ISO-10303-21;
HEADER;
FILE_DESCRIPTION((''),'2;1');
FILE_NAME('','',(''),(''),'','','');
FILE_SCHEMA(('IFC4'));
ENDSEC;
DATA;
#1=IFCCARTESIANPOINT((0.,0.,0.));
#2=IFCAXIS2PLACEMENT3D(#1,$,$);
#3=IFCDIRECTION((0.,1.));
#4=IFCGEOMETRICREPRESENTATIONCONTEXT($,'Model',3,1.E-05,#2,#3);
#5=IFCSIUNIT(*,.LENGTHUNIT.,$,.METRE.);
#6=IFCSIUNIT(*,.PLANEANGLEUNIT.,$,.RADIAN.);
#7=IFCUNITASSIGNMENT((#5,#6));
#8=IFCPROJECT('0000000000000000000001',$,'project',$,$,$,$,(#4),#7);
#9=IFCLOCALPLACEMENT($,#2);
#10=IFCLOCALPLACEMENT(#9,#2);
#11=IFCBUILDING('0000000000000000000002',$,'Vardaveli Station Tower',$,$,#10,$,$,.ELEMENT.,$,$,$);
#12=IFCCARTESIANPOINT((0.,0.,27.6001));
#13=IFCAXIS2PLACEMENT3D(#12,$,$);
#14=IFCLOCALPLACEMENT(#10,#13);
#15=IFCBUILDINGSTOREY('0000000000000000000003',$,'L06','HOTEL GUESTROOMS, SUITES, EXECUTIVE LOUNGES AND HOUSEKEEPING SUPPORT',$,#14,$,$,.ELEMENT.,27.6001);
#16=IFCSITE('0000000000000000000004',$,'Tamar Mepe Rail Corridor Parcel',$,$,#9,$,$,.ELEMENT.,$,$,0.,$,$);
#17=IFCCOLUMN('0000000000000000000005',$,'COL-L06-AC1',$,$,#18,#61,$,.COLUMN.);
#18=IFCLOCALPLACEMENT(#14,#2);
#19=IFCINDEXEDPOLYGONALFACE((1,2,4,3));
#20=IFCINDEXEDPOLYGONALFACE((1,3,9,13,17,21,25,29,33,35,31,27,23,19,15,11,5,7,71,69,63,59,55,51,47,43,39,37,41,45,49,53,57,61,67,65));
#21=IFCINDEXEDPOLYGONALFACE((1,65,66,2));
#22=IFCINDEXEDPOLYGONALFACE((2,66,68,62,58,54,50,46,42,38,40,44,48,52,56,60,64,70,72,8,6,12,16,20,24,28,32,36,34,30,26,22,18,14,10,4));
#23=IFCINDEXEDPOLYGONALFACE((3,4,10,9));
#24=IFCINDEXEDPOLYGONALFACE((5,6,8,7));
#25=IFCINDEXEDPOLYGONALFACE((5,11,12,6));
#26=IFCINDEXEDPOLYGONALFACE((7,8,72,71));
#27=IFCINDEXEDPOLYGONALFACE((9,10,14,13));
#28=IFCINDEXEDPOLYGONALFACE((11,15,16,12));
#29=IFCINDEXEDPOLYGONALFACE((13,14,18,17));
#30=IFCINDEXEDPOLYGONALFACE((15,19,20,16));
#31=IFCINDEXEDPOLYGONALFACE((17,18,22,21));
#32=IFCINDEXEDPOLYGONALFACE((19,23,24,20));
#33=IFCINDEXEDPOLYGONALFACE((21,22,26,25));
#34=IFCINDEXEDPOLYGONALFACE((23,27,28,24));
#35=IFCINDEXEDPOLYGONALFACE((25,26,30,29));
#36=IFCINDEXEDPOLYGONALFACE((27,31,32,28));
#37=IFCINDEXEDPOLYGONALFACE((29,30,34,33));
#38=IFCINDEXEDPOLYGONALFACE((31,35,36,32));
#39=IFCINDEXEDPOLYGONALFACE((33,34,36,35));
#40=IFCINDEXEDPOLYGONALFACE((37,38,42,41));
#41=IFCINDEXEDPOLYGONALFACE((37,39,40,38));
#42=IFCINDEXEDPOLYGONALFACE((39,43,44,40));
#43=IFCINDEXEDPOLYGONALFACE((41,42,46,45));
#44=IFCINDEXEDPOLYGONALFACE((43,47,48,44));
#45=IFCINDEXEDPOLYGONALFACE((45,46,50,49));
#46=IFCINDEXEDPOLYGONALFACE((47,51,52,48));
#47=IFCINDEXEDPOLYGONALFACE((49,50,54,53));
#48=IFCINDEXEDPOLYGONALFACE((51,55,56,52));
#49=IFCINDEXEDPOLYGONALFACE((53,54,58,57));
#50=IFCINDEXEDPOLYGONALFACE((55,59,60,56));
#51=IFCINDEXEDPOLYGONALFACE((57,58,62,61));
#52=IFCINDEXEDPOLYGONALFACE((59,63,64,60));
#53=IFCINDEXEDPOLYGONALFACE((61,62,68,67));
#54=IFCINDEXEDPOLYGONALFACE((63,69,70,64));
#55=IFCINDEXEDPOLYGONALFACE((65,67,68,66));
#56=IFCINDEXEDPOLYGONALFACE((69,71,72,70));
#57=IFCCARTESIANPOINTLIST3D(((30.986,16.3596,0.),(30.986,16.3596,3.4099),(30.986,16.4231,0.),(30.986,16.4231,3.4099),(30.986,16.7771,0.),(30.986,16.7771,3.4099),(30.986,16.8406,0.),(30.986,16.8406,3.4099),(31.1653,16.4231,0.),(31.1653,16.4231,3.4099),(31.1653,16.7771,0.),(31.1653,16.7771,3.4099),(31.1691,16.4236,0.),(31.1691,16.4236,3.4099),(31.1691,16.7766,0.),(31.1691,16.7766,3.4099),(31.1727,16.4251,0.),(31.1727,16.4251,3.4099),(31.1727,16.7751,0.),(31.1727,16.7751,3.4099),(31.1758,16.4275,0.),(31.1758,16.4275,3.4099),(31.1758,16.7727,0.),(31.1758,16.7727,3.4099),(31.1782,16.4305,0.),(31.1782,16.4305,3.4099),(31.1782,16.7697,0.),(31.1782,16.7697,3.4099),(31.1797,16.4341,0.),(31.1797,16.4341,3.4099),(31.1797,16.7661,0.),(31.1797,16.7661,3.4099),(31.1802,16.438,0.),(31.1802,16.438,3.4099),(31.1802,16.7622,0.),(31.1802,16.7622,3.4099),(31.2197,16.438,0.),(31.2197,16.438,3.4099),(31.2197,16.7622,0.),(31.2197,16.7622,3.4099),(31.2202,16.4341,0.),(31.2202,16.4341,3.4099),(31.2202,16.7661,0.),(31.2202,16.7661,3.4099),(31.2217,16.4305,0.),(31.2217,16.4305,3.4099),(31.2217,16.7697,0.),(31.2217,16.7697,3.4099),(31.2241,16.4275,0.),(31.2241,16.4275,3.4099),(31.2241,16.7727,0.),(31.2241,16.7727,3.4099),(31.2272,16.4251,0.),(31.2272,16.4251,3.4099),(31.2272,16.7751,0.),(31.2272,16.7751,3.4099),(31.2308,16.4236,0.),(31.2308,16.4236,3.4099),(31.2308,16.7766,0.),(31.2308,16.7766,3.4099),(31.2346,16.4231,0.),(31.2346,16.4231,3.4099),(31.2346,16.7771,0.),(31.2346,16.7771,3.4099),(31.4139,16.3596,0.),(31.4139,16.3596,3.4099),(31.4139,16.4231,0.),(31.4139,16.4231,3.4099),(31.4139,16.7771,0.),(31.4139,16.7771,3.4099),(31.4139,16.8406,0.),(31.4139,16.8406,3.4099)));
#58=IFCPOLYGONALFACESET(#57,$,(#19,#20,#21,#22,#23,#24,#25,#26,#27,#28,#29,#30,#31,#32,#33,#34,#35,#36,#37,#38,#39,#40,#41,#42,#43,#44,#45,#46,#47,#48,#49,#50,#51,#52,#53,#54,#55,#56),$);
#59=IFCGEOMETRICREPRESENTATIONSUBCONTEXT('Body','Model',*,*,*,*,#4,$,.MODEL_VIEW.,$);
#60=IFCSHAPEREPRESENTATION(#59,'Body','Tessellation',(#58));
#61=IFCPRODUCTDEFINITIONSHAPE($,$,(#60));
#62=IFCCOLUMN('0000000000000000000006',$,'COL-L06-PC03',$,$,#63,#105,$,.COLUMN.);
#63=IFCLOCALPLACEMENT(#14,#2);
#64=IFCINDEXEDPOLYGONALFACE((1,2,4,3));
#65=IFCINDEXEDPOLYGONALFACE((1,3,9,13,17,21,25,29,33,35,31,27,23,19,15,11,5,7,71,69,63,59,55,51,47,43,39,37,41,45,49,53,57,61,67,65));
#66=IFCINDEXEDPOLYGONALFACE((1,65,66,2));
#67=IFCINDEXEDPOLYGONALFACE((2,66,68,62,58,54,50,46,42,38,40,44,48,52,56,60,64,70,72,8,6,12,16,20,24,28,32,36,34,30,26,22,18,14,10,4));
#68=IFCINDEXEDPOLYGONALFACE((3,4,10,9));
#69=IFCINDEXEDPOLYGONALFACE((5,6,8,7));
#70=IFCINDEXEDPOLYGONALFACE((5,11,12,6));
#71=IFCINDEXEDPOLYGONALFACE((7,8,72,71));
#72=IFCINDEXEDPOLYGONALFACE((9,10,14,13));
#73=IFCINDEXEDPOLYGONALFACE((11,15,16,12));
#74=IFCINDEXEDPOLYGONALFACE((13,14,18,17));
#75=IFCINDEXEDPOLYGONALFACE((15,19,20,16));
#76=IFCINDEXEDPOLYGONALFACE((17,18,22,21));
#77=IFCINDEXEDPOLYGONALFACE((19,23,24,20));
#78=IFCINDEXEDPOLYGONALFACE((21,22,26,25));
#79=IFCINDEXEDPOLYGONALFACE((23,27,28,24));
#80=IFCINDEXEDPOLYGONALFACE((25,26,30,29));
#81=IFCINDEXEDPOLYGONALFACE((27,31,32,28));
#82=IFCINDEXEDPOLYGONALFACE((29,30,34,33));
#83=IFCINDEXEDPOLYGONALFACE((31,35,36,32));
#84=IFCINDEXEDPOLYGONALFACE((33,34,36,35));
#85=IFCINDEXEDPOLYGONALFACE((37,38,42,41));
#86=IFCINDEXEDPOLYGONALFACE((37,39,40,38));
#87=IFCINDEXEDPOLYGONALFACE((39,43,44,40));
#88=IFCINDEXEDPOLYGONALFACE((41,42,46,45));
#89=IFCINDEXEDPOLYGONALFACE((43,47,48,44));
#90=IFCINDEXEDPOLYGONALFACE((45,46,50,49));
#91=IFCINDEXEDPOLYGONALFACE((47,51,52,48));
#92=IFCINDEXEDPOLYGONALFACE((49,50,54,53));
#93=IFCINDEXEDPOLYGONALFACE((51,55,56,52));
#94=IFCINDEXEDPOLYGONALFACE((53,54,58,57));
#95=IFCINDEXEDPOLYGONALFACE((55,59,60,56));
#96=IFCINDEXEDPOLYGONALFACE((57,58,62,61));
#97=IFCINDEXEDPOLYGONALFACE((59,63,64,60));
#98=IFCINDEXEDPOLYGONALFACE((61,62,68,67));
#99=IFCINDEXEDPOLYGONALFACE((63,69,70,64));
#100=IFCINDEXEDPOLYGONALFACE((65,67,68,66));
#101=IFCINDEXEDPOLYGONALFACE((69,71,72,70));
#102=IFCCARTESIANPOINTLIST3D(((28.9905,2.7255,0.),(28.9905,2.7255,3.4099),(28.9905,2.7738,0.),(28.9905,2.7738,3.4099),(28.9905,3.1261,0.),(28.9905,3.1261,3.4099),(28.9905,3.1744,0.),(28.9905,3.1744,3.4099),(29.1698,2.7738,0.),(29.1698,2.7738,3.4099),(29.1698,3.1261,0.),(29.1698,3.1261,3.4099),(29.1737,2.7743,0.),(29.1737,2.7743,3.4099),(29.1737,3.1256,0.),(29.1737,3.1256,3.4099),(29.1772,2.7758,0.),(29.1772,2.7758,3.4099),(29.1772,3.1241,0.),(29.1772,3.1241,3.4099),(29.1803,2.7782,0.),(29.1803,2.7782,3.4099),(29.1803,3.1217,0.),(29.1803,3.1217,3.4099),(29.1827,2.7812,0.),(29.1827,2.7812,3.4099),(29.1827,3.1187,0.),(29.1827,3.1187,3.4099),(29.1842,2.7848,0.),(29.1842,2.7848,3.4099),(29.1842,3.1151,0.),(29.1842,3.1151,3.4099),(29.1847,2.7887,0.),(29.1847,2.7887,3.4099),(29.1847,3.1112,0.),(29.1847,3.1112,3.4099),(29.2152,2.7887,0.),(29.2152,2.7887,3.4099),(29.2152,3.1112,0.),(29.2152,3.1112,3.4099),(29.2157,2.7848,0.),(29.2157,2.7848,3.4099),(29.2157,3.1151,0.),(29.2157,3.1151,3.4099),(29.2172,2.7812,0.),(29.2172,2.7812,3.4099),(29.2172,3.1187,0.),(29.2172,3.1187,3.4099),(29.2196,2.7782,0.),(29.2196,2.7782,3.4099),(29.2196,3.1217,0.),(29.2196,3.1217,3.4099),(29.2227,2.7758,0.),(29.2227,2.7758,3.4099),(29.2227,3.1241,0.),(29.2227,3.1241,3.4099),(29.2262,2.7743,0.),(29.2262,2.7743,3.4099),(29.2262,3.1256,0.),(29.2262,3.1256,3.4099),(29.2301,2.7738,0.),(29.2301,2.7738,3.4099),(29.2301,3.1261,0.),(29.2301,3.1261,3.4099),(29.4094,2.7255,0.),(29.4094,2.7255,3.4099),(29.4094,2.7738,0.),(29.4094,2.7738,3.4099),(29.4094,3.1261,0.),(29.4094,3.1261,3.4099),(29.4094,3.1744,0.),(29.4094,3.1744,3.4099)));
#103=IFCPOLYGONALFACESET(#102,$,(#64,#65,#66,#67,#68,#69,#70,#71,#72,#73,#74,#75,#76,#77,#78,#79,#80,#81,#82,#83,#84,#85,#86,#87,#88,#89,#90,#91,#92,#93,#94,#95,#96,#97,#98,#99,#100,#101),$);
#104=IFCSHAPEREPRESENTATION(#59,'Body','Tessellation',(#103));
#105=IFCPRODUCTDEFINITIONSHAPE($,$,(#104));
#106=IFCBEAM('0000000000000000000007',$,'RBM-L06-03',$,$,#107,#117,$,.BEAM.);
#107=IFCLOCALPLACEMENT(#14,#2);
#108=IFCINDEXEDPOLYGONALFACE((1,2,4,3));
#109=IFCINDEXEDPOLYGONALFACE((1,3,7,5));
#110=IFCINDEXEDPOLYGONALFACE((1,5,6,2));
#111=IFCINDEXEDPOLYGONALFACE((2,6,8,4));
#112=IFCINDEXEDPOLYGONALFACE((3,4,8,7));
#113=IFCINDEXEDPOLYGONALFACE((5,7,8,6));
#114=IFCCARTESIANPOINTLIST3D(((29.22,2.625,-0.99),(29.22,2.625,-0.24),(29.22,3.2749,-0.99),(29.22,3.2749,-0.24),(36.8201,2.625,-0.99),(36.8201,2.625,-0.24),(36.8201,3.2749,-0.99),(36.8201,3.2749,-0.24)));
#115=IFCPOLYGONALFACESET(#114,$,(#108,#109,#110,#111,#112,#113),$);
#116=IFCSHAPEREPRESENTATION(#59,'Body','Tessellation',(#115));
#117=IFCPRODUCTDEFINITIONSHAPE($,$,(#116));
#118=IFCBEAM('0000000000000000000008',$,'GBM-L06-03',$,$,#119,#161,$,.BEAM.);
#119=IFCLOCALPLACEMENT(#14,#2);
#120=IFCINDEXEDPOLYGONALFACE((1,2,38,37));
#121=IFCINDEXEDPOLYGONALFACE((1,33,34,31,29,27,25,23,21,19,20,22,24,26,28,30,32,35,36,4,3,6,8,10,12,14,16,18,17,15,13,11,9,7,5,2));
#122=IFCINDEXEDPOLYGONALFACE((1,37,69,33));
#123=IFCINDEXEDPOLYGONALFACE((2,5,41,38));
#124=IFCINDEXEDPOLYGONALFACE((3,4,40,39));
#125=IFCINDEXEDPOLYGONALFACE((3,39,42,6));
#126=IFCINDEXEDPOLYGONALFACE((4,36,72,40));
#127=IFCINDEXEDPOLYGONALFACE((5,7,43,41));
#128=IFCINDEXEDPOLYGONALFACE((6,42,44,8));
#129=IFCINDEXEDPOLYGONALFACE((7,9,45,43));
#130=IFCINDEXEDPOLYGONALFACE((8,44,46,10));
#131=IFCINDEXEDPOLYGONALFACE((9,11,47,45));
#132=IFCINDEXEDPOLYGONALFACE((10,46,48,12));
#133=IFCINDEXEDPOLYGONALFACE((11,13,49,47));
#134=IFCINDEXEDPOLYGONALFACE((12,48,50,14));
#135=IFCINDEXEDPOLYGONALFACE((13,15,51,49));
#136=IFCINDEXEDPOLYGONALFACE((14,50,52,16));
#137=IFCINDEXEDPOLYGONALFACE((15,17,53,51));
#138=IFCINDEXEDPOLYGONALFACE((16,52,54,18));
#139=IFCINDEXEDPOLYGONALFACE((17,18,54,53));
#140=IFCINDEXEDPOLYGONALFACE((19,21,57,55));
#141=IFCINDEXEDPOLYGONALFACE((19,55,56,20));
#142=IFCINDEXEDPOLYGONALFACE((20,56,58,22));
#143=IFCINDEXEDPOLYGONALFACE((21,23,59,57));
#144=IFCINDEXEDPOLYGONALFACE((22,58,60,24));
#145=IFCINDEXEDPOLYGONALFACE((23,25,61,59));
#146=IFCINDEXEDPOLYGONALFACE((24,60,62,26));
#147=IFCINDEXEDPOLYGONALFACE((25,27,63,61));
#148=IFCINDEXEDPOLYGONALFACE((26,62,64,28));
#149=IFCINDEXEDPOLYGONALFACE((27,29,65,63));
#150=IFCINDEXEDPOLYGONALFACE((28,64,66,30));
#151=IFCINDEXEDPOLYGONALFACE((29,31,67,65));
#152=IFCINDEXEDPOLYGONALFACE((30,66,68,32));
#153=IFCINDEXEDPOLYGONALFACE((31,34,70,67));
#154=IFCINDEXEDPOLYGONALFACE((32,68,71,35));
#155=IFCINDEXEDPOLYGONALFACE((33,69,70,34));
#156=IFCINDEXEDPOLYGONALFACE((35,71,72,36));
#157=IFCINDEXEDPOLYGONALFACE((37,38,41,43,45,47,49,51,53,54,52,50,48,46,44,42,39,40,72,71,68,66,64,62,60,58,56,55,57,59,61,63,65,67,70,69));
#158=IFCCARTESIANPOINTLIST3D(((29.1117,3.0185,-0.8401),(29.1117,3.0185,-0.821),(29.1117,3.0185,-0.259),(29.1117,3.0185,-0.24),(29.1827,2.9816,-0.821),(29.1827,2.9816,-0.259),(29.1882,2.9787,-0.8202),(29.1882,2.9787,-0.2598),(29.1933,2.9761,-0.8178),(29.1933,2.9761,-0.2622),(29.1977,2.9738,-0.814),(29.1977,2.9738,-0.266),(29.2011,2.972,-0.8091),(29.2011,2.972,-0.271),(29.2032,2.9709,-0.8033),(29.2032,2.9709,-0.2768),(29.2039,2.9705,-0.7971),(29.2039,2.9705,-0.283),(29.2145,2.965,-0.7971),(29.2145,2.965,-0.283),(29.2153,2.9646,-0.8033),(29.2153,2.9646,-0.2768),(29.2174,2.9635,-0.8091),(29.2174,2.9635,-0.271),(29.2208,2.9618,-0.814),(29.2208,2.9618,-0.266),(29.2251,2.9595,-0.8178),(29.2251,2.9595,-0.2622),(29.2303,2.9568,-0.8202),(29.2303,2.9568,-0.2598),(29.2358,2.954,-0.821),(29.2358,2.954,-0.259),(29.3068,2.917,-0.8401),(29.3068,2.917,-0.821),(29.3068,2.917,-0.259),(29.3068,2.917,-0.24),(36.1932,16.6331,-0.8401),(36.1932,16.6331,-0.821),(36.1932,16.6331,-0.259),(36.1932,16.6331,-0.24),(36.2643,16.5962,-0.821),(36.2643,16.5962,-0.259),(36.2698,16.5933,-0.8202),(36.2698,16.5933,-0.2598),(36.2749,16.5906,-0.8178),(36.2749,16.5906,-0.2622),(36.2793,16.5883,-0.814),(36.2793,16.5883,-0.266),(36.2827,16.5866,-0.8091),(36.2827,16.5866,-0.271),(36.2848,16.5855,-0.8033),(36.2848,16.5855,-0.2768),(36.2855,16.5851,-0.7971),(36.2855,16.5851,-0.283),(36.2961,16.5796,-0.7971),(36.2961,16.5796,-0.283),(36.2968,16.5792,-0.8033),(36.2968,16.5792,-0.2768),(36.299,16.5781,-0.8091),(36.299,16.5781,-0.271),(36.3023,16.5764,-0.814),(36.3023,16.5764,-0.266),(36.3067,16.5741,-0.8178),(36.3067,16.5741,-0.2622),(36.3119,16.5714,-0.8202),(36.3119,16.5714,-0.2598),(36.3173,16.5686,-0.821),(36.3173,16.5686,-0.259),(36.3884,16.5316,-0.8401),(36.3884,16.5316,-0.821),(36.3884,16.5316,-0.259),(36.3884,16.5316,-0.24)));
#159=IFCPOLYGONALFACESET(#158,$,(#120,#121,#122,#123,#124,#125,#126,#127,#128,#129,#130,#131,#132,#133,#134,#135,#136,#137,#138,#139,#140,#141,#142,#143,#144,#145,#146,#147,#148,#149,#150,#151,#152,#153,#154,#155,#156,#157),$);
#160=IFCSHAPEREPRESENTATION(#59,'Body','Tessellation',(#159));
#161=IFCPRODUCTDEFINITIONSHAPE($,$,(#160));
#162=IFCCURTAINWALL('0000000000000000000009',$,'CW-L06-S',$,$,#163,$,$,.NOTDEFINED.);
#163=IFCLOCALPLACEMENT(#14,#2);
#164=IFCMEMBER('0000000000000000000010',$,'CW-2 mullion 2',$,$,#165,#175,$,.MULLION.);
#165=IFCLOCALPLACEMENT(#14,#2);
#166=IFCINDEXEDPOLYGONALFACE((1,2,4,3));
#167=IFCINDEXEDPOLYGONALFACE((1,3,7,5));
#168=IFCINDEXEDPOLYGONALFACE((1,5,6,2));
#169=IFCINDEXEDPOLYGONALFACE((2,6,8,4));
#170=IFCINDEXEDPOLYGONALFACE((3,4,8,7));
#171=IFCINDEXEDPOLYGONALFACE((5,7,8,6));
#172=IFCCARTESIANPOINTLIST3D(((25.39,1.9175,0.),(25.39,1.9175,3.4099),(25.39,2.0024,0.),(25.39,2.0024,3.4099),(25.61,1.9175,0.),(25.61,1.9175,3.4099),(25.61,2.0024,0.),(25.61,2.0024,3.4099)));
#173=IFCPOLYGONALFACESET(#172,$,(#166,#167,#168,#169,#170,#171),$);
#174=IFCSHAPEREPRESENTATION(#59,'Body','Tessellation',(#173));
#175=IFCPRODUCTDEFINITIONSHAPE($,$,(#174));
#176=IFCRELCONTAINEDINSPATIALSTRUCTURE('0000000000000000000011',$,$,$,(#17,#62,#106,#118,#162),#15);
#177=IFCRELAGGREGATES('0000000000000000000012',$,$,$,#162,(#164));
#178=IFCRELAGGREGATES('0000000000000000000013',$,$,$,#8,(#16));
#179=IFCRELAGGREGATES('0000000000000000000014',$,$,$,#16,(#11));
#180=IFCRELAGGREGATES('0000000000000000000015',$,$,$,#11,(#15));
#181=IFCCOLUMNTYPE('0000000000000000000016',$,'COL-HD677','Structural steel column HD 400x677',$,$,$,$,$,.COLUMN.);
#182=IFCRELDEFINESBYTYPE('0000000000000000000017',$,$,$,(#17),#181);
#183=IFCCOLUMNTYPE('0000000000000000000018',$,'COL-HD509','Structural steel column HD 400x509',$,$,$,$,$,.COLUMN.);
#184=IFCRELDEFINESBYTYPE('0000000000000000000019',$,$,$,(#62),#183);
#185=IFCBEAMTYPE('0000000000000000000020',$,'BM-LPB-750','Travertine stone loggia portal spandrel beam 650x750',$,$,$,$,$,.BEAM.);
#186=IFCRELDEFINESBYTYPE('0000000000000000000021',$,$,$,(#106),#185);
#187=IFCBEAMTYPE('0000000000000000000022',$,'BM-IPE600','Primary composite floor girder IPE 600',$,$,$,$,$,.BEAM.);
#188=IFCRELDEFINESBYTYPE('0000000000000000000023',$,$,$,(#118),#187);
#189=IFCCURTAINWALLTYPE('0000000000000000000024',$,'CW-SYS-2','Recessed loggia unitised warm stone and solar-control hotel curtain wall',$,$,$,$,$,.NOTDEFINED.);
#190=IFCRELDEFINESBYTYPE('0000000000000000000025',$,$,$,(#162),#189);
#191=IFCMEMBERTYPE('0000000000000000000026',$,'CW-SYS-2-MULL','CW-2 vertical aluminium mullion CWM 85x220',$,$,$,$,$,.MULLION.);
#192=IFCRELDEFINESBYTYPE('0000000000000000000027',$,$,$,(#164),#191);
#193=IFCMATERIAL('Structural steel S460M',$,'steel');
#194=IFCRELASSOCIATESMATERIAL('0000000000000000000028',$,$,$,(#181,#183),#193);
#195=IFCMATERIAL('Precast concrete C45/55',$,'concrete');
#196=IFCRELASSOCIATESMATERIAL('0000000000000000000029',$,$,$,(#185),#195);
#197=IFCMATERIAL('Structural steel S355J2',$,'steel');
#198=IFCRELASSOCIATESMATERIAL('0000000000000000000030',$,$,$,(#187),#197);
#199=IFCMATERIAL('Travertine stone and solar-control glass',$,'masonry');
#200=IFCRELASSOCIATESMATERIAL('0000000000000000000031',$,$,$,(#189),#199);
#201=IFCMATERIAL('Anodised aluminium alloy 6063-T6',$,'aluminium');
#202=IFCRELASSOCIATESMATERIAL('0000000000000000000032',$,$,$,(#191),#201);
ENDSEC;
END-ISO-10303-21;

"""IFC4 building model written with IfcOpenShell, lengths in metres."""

from ifc_helpers import new_model, si_unit, direction, frame, origin, origin_2d, place, context, subcontext, project, spatial, rectangle, i_section, extrude, source, transform, mapped, material, material_profile, profile_set, type_object, element, aggregate, save


model = new_model("IFC4")

# Units and contexts
model_context = context("Model", 3, precision=1e-05, world=origin(), true_north=direction((0.0, 1.0)))
body_context = subcontext(model_context, "Body", "Model", "MODEL_VIEW")
ifc_project = project(units=[si_unit("LENGTHUNIT", "METRE"), si_unit("PLANEANGLEUNIT", "RADIAN")], contexts=[model_context])

# Site, building, storey
site_placement = place(None, origin())
site = spatial("IfcSite", under=ifc_project, at=site_placement, Name="Tamar Mepe Rail Corridor Parcel", CompositionType="ELEMENT", RefElevation=0.0)
building_placement = place(site_placement, origin())
building = spatial("IfcBuilding", under=site, at=building_placement, Name="Vardaveli Station Tower", CompositionType="ELEMENT")
storey_placement = place(building_placement, frame((0.0, 0.0, 27.6001)))
storey = spatial("IfcBuildingStorey", under=building, at=storey_placement, Name="L06", Description="HOTEL GUESTROOMS, SUITES, EXECUTIVE LOUNGES AND HOUSEKEEPING SUPPORT", CompositionType="ELEMENT", Elevation=27.6001)

# Columns
ifc_material_1 = material(Name="Structural steel S460M", Category="steel")
ifc_material_profile_1 = material_profile(ifc_material_1, i_section(OverallWidth=0.428, OverallDepth=0.481, WebThickness=0.0396, FlangeThickness=0.0635, FilletRadius=0.0149, at=origin_2d()), Name="HD 400x677")
ifc_profile_set_1 = profile_set([ifc_material_profile_1], Name="Structural steel S460M")
column_type_1 = type_object("IfcColumnType", Name="COL-HD677", Description="Structural steel column HD 400x677", PredefinedType="COLUMN", material=ifc_profile_set_1)
shared_shape_1 = source(origin(), body_context, "Body", "SweptSolid", [
    extrude(i_section(OverallWidth=0.428, OverallDepth=0.481, WebThickness=0.0396, FlangeThickness=0.0635, FilletRadius=0.0149, at=origin_2d()), origin(), (0.0, 0.0, 1.0), 3.4099),
])
column_1_placement = place(storey_placement, frame((31.2, 16.6001, 0.0), z_axis=(0.0, 0.0, 1.0), x_axis=(1.0, 0.0, 0.0)))
element("IfcColumn", 1, at=column_1_placement, inside=storey, type_object=column_type_1, Name="COL-L06-AC1", PredefinedType="COLUMN", context=body_context, shape_type="MappedRepresentation", body=[
    mapped(shared_shape_1, transform((0.0, 0.0, 0.0), scale=1.0)),
])
ifc_material_profile_2 = material_profile(ifc_material_1, i_section(OverallWidth=0.4189, OverallDepth=0.449, WebThickness=0.0305, FlangeThickness=0.0483, FilletRadius=0.0149, at=origin_2d()), Name="HD 400x509")
ifc_profile_set_2 = profile_set([ifc_material_profile_2], Name="Structural steel S460M")
column_type_2 = type_object("IfcColumnType", Name="COL-HD509", Description="Structural steel column HD 400x509", PredefinedType="COLUMN", material=ifc_profile_set_2)
shared_shape_2 = source(origin(), body_context, "Body", "SweptSolid", [
    extrude(i_section(OverallWidth=0.4189, OverallDepth=0.449, WebThickness=0.0305, FlangeThickness=0.0483, FilletRadius=0.0149, at=origin_2d()), origin(), (0.0, 0.0, 1.0), 3.4099),
])
column_2_placement = place(storey_placement, frame((29.2, 2.95, 0.0), z_axis=(0.0, 0.0, 1.0), x_axis=(1.0, 0.0, 0.0)))
element("IfcColumn", 2, at=column_2_placement, inside=storey, type_object=column_type_2, Name="COL-L06-PC03", PredefinedType="COLUMN", context=body_context, shape_type="MappedRepresentation", body=[
    mapped(shared_shape_2, transform((0.0, 0.0, 0.0), scale=1.0)),
])

# Beams
ifc_material_2 = material(Name="Precast concrete C45/55", Category="concrete")
ifc_material_profile_3 = material_profile(ifc_material_2, rectangle(XDim=0.6499, YDim=0.75, at=origin_2d()), Name="LPB 650x750")
ifc_profile_set_3 = profile_set([ifc_material_profile_3], Name="Precast concrete C45/55")
beam_type_1 = type_object("IfcBeamType", Name="BM-LPB-750", Description="Travertine stone loggia portal spandrel beam 650x750", PredefinedType="BEAM", material=ifc_profile_set_3)
shared_shape_3 = source(origin(), body_context, "Body", "SweptSolid", [
    extrude(rectangle(XDim=0.6499, YDim=0.75, at=origin_2d()), origin(), (0.0, 0.0, 1.0), 7.6001),
])
beam_1_placement = place(storey_placement, frame((29.22, 2.95, -0.615), z_axis=(1.0, 0.0, 0.0), x_axis=(0.0, 1.0, 0.0)))
element("IfcBeam", 3, at=beam_1_placement, inside=storey, type_object=beam_type_1, Name="RBM-L06-03", PredefinedType="BEAM", context=body_context, shape_type="MappedRepresentation", body=[
    mapped(shared_shape_3, transform((0.0, 0.0, 0.0), scale=1.0)),
])
ifc_material_3 = material(Name="Structural steel S355J2", Category="steel")
ifc_material_profile_4 = material_profile(ifc_material_3, i_section(OverallWidth=0.22, OverallDepth=0.6001, WebThickness=0.012, FlangeThickness=0.019, FilletRadius=0.0239, at=origin_2d()), Name="IPE 600")
ifc_profile_set_4 = profile_set([ifc_material_profile_4], Name="Structural steel S355J2")
beam_type_2 = type_object("IfcBeamType", Name="BM-IPE600", Description="Primary composite floor girder IPE 600", PredefinedType="BEAM", material=ifc_profile_set_4)
shared_shape_4 = source(origin(), body_context, "Body", "SweptSolid", [
    extrude(i_section(OverallWidth=0.22, OverallDepth=0.6001, WebThickness=0.012, FlangeThickness=0.019, FilletRadius=0.0239, at=origin_2d()), origin(), (0.0, 0.0, 1.0), 15.3462),
])
beam_2_placement = place(storey_placement, frame((29.2092, 2.9678, -0.54), z_axis=(0.461455, 0.887163, 0.0), x_axis=(-0.887163, 0.461455, 0.0)))
element("IfcBeam", 4, at=beam_2_placement, inside=storey, type_object=beam_type_2, Name="GBM-L06-03", PredefinedType="BEAM", context=body_context, shape_type="MappedRepresentation", body=[
    mapped(shared_shape_4, transform((0.0, 0.0, 0.0), scale=1.0)),
])

# Curtain wall, member
ifc_material_4 = material(Name="Travertine stone and solar-control glass", Category="masonry")
curtain_wall_type = type_object("IfcCurtainWallType", Name="CW-SYS-2", Description="Recessed loggia unitised warm stone and solar-control hotel curtain wall", PredefinedType="NOTDEFINED", material=ifc_material_4)
curtain_wall_placement = place(storey_placement, origin())
curtain_wall = element("IfcCurtainWall", 5, at=curtain_wall_placement, inside=storey, type_object=curtain_wall_type, Name="CW-L06-S", PredefinedType="NOTDEFINED")
ifc_material_5 = material(Name="Anodised aluminium alloy 6063-T6", Category="aluminium")
ifc_material_profile_5 = material_profile(ifc_material_5, rectangle(XDim=0.085, YDim=0.22, at=origin_2d()), Name="CWM 85x220")
ifc_profile_set_5 = profile_set([ifc_material_profile_5], Name="Anodised aluminium alloy 6063-T6")
member_type_1 = type_object("IfcMemberType", Name="CW-SYS-2-MULL", Description="CW-2 vertical aluminium mullion CWM 85x220", PredefinedType="MULLION", material=ifc_profile_set_5)
shared_shape_5 = source(origin(), body_context, "Body", "SweptSolid", [
    extrude(rectangle(XDim=0.085, YDim=0.22, at=origin_2d()), origin(), (0.0, 0.0, 1.0), 3.4099),
])
member_1_placement = place(storey_placement, frame((25.5, 1.96, 0.0), z_axis=(0.0, 0.0, 1.0), x_axis=(0.0, 1.0, 0.0)))
member_1 = element("IfcMember", 6, at=member_1_placement, type_object=member_type_1, Name="CW-2 mullion 2", PredefinedType="MULLION", context=body_context, shape_type="MappedRepresentation", body=[
    mapped(shared_shape_5, transform((0.0, 0.0, 0.0), scale=1.0)),
])
aggregate(curtain_wall, [member_1])

save(model, "model.ifc")
